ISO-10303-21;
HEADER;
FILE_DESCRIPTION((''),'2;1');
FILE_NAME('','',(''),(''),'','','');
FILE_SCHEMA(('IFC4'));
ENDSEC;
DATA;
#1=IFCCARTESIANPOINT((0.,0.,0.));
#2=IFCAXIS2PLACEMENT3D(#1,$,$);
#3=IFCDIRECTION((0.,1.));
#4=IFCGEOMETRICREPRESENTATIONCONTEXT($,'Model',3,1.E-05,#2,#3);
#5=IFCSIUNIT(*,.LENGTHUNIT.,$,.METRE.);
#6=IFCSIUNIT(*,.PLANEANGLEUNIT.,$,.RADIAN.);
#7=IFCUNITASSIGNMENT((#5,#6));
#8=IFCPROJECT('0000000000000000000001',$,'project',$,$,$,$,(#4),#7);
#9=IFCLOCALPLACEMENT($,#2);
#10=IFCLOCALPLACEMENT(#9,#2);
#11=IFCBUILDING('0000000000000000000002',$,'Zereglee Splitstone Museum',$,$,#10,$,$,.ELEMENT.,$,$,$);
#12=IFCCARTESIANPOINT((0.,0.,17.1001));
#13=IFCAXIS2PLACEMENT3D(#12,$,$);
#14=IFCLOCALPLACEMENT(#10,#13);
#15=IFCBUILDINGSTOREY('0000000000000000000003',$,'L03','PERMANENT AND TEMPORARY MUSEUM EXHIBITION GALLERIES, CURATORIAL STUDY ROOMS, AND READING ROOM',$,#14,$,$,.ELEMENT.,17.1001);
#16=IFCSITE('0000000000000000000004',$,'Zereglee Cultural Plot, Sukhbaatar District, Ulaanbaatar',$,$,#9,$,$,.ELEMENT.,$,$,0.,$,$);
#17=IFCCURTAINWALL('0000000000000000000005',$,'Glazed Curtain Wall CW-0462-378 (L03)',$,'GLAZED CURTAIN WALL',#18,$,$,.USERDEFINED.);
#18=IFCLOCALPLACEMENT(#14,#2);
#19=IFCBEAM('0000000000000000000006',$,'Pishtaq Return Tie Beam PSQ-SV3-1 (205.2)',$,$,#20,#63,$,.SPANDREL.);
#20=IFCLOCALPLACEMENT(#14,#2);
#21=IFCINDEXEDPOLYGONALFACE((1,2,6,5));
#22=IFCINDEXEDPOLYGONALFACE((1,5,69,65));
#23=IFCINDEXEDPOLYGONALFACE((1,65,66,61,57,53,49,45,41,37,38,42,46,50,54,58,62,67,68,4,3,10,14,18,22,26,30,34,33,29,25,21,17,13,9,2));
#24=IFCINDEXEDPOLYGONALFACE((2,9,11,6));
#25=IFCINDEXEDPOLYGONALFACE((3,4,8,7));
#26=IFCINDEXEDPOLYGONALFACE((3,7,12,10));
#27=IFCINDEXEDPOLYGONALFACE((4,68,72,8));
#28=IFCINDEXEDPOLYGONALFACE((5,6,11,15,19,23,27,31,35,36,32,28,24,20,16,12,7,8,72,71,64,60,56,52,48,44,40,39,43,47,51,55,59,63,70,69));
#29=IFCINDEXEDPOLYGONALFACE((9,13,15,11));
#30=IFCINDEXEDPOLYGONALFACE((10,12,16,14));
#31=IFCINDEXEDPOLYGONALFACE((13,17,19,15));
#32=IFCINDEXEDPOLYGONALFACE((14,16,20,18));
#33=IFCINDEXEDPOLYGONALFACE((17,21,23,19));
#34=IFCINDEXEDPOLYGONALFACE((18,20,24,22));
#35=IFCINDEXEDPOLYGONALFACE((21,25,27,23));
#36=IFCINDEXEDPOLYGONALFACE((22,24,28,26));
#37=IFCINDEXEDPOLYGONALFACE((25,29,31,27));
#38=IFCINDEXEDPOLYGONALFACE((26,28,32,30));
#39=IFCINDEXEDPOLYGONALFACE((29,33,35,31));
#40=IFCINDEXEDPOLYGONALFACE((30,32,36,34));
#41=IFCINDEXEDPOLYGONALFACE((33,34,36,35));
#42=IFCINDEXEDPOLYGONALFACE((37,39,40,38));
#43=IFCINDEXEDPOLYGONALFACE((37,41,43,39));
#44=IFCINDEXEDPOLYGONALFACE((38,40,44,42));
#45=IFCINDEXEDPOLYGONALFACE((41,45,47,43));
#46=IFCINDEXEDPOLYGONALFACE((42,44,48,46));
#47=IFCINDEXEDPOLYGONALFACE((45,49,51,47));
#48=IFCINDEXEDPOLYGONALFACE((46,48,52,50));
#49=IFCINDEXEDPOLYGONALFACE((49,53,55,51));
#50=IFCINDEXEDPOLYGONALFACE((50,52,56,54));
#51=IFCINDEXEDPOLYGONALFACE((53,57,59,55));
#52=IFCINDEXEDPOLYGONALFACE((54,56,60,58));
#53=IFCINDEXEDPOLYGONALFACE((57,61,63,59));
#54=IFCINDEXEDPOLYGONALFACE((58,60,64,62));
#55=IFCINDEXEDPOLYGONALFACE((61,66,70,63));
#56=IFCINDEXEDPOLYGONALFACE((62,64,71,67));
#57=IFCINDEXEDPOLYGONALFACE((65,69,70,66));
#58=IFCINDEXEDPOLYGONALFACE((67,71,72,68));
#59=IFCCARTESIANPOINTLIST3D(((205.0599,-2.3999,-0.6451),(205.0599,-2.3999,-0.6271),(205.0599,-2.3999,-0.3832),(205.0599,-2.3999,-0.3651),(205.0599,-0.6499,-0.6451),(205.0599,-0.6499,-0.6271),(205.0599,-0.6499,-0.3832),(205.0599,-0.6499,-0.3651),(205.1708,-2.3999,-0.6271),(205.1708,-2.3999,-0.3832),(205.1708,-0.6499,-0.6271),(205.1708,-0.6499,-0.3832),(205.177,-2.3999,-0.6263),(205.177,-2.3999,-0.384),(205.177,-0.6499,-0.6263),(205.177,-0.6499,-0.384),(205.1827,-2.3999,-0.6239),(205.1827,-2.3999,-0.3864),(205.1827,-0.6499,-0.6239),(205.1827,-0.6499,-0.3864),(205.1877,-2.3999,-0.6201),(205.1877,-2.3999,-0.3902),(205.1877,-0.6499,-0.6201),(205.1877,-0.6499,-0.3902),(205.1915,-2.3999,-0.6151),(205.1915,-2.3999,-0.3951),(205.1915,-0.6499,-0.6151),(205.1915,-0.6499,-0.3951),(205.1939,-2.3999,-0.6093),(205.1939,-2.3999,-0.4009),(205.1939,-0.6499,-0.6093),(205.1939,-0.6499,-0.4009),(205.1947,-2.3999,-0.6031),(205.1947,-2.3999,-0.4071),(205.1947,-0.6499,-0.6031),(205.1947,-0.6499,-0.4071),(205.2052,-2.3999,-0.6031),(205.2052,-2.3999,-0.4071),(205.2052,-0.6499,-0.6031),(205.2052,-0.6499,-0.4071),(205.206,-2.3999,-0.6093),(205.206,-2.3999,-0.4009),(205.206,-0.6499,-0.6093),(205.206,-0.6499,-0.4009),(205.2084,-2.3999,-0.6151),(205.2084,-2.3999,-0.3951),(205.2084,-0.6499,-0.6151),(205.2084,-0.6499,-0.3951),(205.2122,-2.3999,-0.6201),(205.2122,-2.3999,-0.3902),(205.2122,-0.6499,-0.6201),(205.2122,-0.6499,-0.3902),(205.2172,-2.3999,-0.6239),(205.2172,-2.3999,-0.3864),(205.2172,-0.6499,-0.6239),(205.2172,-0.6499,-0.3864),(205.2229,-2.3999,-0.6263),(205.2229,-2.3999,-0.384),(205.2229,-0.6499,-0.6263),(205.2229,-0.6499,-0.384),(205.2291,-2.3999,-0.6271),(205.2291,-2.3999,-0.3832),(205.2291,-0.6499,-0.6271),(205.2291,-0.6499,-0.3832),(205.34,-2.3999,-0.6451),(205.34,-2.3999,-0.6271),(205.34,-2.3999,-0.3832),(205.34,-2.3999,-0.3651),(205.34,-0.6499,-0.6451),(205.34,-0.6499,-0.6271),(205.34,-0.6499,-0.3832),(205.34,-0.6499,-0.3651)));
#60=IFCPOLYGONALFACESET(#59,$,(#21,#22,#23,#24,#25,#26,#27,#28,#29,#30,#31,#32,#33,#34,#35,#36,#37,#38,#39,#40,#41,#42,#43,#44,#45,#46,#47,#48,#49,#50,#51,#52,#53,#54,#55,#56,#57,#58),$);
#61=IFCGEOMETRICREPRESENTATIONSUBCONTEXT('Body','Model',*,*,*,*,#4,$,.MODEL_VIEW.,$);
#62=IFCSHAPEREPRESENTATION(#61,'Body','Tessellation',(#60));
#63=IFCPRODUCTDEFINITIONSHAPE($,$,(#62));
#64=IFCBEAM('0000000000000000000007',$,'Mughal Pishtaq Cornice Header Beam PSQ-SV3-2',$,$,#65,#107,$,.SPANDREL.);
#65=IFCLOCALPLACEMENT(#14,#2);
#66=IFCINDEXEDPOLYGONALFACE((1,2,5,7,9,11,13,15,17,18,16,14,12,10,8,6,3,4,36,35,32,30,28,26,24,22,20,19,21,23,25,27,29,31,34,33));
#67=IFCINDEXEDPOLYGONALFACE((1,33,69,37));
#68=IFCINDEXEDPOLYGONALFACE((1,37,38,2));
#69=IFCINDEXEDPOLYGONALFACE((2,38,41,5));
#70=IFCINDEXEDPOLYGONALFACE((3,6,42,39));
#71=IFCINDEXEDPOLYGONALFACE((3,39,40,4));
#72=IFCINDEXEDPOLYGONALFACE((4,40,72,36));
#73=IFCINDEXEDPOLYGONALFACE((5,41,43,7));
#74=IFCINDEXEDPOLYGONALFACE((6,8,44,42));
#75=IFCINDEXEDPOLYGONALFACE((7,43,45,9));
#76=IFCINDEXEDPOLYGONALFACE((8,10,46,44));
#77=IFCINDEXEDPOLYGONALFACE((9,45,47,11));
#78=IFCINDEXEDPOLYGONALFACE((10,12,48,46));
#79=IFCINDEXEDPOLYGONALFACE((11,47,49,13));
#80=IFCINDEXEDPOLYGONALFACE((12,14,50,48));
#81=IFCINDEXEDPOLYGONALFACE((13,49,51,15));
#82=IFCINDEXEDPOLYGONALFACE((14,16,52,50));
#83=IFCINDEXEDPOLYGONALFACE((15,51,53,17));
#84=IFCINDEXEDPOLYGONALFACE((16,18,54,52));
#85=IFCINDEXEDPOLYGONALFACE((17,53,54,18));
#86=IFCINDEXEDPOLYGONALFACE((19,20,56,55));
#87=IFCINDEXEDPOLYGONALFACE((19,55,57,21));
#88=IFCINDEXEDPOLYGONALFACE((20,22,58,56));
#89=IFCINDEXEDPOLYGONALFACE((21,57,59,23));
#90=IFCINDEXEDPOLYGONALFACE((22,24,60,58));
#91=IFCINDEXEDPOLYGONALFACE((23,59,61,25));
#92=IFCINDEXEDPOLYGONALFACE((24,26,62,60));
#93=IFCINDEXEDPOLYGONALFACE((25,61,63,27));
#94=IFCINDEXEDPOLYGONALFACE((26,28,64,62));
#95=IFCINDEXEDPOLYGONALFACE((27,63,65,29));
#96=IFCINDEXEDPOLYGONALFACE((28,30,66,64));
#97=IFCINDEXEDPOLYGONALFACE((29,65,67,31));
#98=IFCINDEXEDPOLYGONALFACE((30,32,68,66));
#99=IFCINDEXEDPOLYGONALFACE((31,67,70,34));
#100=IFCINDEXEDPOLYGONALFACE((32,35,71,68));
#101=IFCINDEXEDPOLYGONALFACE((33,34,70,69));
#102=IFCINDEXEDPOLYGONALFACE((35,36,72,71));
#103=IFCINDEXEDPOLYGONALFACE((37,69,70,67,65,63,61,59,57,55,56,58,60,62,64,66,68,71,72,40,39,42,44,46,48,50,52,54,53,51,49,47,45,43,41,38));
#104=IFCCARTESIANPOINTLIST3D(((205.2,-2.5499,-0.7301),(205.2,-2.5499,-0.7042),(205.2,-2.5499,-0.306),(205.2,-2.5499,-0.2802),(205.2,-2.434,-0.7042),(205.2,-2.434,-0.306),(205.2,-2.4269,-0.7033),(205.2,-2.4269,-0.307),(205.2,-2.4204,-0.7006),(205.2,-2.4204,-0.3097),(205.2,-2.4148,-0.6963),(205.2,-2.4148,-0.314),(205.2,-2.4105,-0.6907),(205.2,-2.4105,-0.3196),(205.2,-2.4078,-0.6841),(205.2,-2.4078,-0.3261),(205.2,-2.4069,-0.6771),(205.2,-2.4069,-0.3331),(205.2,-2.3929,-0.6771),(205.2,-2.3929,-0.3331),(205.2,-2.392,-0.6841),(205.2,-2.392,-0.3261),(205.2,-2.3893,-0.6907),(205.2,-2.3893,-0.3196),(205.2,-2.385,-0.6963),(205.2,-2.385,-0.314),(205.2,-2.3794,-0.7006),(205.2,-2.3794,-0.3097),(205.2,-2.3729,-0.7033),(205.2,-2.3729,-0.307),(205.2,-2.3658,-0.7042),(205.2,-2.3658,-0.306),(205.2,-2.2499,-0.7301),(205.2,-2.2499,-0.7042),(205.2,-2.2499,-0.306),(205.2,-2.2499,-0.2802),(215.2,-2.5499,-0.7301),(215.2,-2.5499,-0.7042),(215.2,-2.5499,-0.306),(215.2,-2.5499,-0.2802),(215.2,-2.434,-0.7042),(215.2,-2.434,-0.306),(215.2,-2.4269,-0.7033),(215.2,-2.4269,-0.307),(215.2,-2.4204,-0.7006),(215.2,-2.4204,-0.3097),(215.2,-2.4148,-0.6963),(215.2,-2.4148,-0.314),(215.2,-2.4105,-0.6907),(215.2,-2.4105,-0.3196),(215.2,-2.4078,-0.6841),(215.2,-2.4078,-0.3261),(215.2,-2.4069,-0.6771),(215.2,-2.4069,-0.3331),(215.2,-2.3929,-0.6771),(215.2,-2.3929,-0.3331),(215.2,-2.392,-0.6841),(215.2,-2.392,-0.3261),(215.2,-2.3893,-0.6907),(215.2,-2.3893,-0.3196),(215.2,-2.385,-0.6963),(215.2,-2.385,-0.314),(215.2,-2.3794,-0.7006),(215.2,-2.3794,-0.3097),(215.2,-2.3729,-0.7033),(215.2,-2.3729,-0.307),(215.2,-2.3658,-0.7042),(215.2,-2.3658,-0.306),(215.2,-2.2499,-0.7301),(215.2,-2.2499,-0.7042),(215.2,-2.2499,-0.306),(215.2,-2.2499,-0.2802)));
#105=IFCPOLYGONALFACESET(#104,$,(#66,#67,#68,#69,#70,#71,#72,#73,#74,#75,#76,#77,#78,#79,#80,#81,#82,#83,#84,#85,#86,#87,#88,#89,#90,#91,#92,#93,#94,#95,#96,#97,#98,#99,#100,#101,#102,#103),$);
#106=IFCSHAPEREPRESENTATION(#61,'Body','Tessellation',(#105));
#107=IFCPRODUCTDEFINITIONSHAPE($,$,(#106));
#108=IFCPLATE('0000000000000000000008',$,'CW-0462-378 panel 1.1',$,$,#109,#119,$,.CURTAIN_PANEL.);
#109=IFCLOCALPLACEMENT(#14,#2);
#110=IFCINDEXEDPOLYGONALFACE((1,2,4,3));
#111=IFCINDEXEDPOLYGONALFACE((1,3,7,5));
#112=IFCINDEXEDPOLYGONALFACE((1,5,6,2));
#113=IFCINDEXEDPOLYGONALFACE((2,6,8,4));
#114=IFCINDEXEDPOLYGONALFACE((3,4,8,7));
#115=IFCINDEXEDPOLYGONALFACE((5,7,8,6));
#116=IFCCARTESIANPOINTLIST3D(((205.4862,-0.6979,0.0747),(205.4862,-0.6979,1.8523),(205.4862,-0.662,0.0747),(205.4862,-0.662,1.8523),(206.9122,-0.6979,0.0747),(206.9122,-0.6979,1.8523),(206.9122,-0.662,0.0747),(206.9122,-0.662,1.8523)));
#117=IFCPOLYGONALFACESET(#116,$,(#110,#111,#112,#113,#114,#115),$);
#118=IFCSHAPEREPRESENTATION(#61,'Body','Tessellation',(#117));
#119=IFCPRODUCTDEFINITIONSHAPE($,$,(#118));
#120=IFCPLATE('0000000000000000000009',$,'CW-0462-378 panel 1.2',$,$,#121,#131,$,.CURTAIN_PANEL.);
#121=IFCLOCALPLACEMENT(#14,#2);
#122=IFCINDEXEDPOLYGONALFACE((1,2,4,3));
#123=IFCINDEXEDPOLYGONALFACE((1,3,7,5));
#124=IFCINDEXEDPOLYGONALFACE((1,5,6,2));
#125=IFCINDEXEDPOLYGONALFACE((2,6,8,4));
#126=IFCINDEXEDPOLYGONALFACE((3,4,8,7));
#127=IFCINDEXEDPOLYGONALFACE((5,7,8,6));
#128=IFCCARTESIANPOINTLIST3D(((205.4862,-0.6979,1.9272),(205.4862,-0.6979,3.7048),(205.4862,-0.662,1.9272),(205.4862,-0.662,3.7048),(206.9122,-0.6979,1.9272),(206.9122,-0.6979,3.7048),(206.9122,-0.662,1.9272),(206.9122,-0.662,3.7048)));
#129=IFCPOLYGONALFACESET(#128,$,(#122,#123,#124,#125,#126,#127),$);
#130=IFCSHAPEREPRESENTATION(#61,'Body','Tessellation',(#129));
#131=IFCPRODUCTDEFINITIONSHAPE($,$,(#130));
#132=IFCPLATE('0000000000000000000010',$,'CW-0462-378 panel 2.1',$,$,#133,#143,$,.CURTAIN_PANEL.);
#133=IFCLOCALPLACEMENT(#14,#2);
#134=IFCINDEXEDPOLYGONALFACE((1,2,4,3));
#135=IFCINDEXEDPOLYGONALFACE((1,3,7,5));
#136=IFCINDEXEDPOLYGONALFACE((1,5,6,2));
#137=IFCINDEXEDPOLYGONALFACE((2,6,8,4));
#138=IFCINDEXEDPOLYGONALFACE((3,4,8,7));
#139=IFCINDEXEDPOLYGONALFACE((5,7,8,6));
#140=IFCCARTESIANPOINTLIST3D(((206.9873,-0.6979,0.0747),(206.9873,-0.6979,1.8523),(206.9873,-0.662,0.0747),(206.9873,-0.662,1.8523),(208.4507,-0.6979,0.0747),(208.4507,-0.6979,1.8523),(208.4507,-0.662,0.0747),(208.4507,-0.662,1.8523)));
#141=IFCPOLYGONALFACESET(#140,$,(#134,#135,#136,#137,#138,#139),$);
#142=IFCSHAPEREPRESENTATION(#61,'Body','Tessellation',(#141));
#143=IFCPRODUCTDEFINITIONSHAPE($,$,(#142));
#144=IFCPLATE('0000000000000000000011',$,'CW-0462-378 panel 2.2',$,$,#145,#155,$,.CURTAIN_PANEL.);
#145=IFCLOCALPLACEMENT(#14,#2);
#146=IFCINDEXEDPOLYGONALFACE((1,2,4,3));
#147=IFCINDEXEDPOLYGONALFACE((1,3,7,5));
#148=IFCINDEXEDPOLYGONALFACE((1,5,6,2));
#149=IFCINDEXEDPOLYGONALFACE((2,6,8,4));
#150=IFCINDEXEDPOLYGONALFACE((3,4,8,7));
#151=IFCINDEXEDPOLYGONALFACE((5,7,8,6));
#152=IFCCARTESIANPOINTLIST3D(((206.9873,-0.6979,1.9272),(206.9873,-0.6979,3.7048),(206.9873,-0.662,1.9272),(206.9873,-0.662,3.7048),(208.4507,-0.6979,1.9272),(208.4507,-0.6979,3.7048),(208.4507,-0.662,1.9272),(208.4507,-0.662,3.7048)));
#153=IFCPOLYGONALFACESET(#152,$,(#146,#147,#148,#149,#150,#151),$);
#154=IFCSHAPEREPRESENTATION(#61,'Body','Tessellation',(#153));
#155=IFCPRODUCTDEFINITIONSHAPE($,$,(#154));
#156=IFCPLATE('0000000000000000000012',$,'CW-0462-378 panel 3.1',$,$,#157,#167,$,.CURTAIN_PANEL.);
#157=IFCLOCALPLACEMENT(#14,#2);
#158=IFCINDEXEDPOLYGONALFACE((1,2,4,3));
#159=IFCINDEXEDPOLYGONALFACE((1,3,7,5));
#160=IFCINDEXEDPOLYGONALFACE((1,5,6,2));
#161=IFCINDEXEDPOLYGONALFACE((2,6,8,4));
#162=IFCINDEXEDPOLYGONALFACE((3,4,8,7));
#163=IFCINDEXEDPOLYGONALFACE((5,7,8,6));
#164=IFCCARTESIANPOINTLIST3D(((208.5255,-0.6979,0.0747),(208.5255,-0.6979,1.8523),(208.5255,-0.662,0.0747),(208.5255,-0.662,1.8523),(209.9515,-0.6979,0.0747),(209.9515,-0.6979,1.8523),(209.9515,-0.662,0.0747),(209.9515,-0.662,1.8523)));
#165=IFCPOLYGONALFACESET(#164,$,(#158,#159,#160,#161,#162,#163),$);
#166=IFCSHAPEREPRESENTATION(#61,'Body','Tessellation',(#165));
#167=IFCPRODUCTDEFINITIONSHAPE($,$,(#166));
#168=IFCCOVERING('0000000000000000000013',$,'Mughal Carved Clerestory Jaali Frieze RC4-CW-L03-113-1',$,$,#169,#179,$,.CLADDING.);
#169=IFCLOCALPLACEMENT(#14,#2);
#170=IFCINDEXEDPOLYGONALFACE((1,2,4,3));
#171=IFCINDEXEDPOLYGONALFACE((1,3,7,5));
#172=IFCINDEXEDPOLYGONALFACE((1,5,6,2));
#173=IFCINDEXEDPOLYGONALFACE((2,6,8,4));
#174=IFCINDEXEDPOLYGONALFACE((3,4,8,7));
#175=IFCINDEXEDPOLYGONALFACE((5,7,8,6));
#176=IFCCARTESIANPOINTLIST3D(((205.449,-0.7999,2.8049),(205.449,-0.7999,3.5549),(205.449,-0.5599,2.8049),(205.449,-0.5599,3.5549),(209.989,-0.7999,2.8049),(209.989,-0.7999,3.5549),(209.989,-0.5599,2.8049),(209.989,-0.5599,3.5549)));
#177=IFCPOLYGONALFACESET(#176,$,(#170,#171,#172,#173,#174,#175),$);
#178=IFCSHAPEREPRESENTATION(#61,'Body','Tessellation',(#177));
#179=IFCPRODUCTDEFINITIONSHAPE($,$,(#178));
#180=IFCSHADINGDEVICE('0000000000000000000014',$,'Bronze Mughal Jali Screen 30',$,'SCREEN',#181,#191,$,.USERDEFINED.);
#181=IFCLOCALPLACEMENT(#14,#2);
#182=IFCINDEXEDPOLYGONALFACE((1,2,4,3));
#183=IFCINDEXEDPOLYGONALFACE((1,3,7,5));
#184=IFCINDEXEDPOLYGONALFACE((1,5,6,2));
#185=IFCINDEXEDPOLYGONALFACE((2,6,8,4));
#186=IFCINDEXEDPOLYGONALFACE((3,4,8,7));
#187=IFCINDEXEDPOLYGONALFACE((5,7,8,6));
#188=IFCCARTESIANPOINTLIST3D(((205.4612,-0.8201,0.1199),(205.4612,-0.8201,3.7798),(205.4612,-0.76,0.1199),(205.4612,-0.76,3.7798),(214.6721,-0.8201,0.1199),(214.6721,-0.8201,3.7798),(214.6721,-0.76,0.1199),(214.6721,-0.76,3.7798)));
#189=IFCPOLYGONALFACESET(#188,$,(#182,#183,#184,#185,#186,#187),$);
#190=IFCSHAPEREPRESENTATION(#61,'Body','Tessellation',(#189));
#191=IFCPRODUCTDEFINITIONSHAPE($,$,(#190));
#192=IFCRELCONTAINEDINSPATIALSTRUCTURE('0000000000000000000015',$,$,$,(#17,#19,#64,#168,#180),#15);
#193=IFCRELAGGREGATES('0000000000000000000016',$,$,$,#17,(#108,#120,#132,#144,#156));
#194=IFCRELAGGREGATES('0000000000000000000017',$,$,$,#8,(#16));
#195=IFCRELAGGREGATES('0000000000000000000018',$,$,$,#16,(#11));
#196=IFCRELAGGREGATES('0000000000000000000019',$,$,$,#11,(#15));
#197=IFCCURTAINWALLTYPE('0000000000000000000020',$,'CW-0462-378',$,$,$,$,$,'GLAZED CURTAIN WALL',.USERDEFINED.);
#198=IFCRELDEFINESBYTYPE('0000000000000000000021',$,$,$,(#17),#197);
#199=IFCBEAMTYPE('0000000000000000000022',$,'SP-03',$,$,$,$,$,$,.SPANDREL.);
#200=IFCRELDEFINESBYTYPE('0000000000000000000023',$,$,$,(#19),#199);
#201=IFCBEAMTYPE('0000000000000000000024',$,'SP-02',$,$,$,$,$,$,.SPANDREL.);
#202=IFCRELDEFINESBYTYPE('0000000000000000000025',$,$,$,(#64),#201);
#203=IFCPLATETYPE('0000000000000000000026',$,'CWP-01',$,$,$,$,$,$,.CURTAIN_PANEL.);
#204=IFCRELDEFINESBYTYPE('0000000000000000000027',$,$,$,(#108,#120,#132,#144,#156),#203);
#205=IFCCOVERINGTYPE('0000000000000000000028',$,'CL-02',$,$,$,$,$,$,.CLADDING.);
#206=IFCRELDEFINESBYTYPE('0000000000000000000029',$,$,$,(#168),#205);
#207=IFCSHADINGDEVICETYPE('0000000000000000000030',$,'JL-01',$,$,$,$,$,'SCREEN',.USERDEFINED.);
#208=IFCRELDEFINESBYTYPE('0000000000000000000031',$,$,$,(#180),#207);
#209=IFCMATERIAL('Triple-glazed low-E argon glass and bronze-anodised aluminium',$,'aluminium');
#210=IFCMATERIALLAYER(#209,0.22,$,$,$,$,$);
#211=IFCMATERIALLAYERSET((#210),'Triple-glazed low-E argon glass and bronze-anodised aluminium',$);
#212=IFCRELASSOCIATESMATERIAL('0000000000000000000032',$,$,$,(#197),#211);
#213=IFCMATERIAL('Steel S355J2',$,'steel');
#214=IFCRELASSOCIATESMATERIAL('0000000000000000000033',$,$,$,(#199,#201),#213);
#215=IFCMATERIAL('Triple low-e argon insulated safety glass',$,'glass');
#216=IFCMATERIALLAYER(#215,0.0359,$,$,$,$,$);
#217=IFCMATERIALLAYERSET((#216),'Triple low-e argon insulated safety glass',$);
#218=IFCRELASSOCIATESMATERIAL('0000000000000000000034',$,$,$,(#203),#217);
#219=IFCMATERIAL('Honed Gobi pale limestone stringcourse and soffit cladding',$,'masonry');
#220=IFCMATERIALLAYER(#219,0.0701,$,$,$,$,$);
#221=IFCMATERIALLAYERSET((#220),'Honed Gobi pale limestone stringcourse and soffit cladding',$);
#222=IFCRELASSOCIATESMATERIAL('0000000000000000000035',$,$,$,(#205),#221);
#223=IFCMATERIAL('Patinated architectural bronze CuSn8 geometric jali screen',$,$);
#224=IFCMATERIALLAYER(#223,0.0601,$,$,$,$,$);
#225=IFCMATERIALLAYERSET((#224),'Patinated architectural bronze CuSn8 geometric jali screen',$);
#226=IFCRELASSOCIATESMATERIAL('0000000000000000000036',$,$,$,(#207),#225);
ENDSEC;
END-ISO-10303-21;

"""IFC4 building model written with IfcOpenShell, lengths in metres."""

from ifc_helpers import new_model, si_unit, direction, frame, origin, origin_2d, place, context, subcontext, project, spatial, polyline, rectangle, i_section, outline, extrude, material, layer, layer_set, material_profile, profile_set, type_object, element, aggregate, save


model = new_model("IFC4")

# Units and contexts
model_context = context("Model", 3, precision=1e-05, world=origin(), true_north=direction((0.0, 1.0)))
body_context = subcontext(model_context, "Body", "Model", "MODEL_VIEW")
ifc_project = project(units=[si_unit("LENGTHUNIT", "METRE"), si_unit("PLANEANGLEUNIT", "RADIAN")], contexts=[model_context])

# Site, building, storey
site_placement = place(None, origin())
site = spatial("IfcSite", under=ifc_project, at=site_placement, Name="Zereglee Cultural Plot, Sukhbaatar District, Ulaanbaatar", CompositionType="ELEMENT", RefElevation=0.0)
building_placement = place(site_placement, origin())
building = spatial("IfcBuilding", under=site, at=building_placement, Name="Zereglee Splitstone Museum", CompositionType="ELEMENT")
storey_placement = place(building_placement, frame((0.0, 0.0, 17.1001)))
storey = spatial("IfcBuildingStorey", under=building, at=storey_placement, Name="L03", Description="PERMANENT AND TEMPORARY MUSEUM EXHIBITION GALLERIES, CURATORIAL STUDY ROOMS, AND READING ROOM", CompositionType="ELEMENT", Elevation=17.1001)

# Shared definitions
ifc_material_1 = material(Name="Triple-glazed low-E argon glass and bronze-anodised aluminium", Category="aluminium")

# Curtain wall
ifc_layer_1 = layer(ifc_material_1, 0.22)
ifc_layer_set_1 = layer_set([ifc_layer_1], Name="Triple-glazed low-E argon glass and bronze-anodised aluminium")
curtain_wall_type_1 = type_object("IfcCurtainWallType", Name="CW-0462-378", ElementType="GLAZED CURTAIN WALL", PredefinedType="USERDEFINED", material=ifc_layer_set_1)
curtain_wall_1_placement = place(storey_placement, origin())
curtain_wall_1 = element("IfcCurtainWall", 1, at=curtain_wall_1_placement, inside=storey, type_object=curtain_wall_type_1, Name="Glazed Curtain Wall CW-0462-378 (L03)", ObjectType="GLAZED CURTAIN WALL", PredefinedType="USERDEFINED")

# Beams
ifc_material_2 = material(Name="Steel S355J2", Category="steel")
ifc_material_profile_1 = material_profile(ifc_material_2, i_section(OverallWidth=0.28, OverallDepth=0.28, WebThickness=0.0105, FlangeThickness=0.0181, FilletRadius=0.0239, at=origin_2d()), Name="HE 280 B")
ifc_profile_set_1 = profile_set([ifc_material_profile_1], Name="Steel S355J2")
beam_type_1 = type_object("IfcBeamType", Name="SP-03", PredefinedType="SPANDREL", material=ifc_profile_set_1)
beam_1_placement = place(storey_placement, frame((205.2, -2.3999, -0.5051), z_axis=(0.0, 1.0, 0.0), x_axis=(-1.0, 0.0, 0.0)))
element("IfcBeam", 2, at=beam_1_placement, inside=storey, type_object=beam_type_1, Name="Pishtaq Return Tie Beam PSQ-SV3-1 (205.2)", PredefinedType="SPANDREL", context=body_context, shape_type="SweptSolid", body=[
    extrude(i_section(OverallWidth=0.28, OverallDepth=0.28, WebThickness=0.0105, FlangeThickness=0.0181, FilletRadius=0.0239, at=origin_2d()), origin(), (0.0, 0.0, 1.0), 1.75),
])
ifc_material_profile_2 = material_profile(ifc_material_2, i_section(OverallWidth=0.3, OverallDepth=0.45, WebThickness=0.0139, FlangeThickness=0.0259, FilletRadius=0.0271, at=origin_2d()), Name="HE 450 B")
ifc_profile_set_2 = profile_set([ifc_material_profile_2], Name="Steel S355J2")
beam_type_2 = type_object("IfcBeamType", Name="SP-02", PredefinedType="SPANDREL", material=ifc_profile_set_2)
beam_2_placement = place(storey_placement, frame((205.2, -2.3999, -0.5051), z_axis=(1.0, 0.0, 0.0), x_axis=(0.0, 1.0, 0.0)))
element("IfcBeam", 3, at=beam_2_placement, inside=storey, type_object=beam_type_2, Name="Mughal Pishtaq Cornice Header Beam PSQ-SV3-2", PredefinedType="SPANDREL", context=body_context, shape_type="SweptSolid", body=[
    extrude(i_section(OverallWidth=0.3, OverallDepth=0.45, WebThickness=0.0139, FlangeThickness=0.0259, FilletRadius=0.0271, at=origin_2d()), origin(), (0.0, 0.0, 1.0), 10.0),
])

# Plates
ifc_material_3 = material(Name="Triple low-e argon insulated safety glass", Category="glass")
ifc_layer_2 = layer(ifc_material_3, 0.0359)
ifc_layer_set_2 = layer_set([ifc_layer_2], Name="Triple low-e argon insulated safety glass")
plate_type = type_object("IfcPlateType", Name="CWP-01", PredefinedType="CURTAIN_PANEL", material=ifc_layer_set_2)
plate_1_placement = place(storey_placement, frame((206.1992, -0.6799, 0.0747), z_axis=(0.0, 0.0, 1.0), x_axis=(1.0, 0.0, 0.0)))
plate_1 = element("IfcPlate", 4, at=plate_1_placement, type_object=plate_type, Name="CW-0462-378 panel 1.1", PredefinedType="CURTAIN_PANEL", context=body_context, shape_type="SweptSolid", body=[
    extrude(rectangle(XDim=1.426, YDim=0.0359, at=origin_2d()), origin(), (0.0, 0.0, 1.0), 1.7776),
])
plate_2_placement = place(storey_placement, frame((206.1992, -0.6799, 1.9272), z_axis=(0.0, 0.0, 1.0), x_axis=(1.0, 0.0, 0.0)))
plate_2 = element("IfcPlate", 5, at=plate_2_placement, type_object=plate_type, Name="CW-0462-378 panel 1.2", PredefinedType="CURTAIN_PANEL", context=body_context, shape_type="SweptSolid", body=[
    extrude(rectangle(XDim=1.426, YDim=0.0359, at=origin_2d()), origin(), (0.0, 0.0, 1.0), 1.7776),
])
plate_3_placement = place(storey_placement, frame((207.719, -0.6799, 0.0747), z_axis=(0.0, 0.0, 1.0), x_axis=(1.0, 0.0, 0.0)))
plate_3 = element("IfcPlate", 6, at=plate_3_placement, type_object=plate_type, Name="CW-0462-378 panel 2.1", PredefinedType="CURTAIN_PANEL", context=body_context, shape_type="SweptSolid", body=[
    extrude(rectangle(XDim=1.4634, YDim=0.0359, at=origin_2d()), origin(), (0.0, 0.0, 1.0), 1.7776),
])
plate_4_placement = place(storey_placement, frame((207.719, -0.6799, 1.9272), z_axis=(0.0, 0.0, 1.0), x_axis=(1.0, 0.0, 0.0)))
plate_4 = element("IfcPlate", 7, at=plate_4_placement, type_object=plate_type, Name="CW-0462-378 panel 2.2", PredefinedType="CURTAIN_PANEL", context=body_context, shape_type="SweptSolid", body=[
    extrude(rectangle(XDim=1.4634, YDim=0.0359, at=origin_2d()), origin(), (0.0, 0.0, 1.0), 1.7776),
])
plate_5_placement = place(storey_placement, frame((209.2385, -0.6799, 0.0747), z_axis=(0.0, 0.0, 1.0), x_axis=(1.0, 0.0, 0.0)))
plate_5 = element("IfcPlate", 8, at=plate_5_placement, type_object=plate_type, Name="CW-0462-378 panel 3.1", PredefinedType="CURTAIN_PANEL", context=body_context, shape_type="SweptSolid", body=[
    extrude(rectangle(XDim=1.426, YDim=0.0359, at=origin_2d()), origin(), (0.0, 0.0, 1.0), 1.7776),
])
aggregate(curtain_wall_1, [plate_1, plate_2, plate_3, plate_4, plate_5])

# Covering
ifc_material_4 = material(Name="Honed Gobi pale limestone stringcourse and soffit cladding", Category="masonry")
ifc_layer_3 = layer(ifc_material_4, 0.0701)
ifc_layer_set_3 = layer_set([ifc_layer_3], Name="Honed Gobi pale limestone stringcourse and soffit cladding")
covering_type = type_object("IfcCoveringType", Name="CL-02", PredefinedType="CLADDING", material=ifc_layer_set_3)
covering_placement = place(storey_placement, frame((207.719, -0.6799, 2.8049), z_axis=(0.0, 0.0, 1.0), x_axis=(1.0, 0.0, 0.0)))
element("IfcCovering", 9, at=covering_placement, inside=storey, type_object=covering_type, Name="Mughal Carved Clerestory Jaali Frieze RC4-CW-L03-113-1", PredefinedType="CLADDING", context=body_context, shape_type="SweptSolid", body=[
    extrude(rectangle(XDim=4.54, YDim=0.24, at=origin_2d()), origin(), (0.0, 0.0, 1.0), 0.75),
])

# Shading device
ifc_material_5 = material(Name="Patinated architectural bronze CuSn8 geometric jali screen")
ifc_layer_4 = layer(ifc_material_5, 0.0601)
ifc_layer_set_4 = layer_set([ifc_layer_4], Name="Patinated architectural bronze CuSn8 geometric jali screen")
shading_device_type = type_object("IfcShadingDeviceType", Name="JL-01", ElementType="SCREEN", PredefinedType="USERDEFINED", material=ifc_layer_set_4)
shading_device_placement = place(storey_placement, frame((205.4612, -0.76, 0.1199), z_axis=(0.0, -1.0, 0.0), x_axis=(1.0, 0.0, 0.0)))
element("IfcShadingDevice", 10, at=shading_device_placement, inside=storey, type_object=shading_device_type, Name="Bronze Mughal Jali Screen 30", ObjectType="SCREEN", PredefinedType="USERDEFINED", context=body_context, shape_type="SweptSolid", body=[
    extrude(outline(polyline([(0.0, 0.0), (9.2109, 0.0), (9.2109, 3.6599), (0.0, 3.6599), (0.0, 0.0)])), origin(), (0.0, 0.0, 1.0), 0.0601),
])

save(model, "model.ifc")
